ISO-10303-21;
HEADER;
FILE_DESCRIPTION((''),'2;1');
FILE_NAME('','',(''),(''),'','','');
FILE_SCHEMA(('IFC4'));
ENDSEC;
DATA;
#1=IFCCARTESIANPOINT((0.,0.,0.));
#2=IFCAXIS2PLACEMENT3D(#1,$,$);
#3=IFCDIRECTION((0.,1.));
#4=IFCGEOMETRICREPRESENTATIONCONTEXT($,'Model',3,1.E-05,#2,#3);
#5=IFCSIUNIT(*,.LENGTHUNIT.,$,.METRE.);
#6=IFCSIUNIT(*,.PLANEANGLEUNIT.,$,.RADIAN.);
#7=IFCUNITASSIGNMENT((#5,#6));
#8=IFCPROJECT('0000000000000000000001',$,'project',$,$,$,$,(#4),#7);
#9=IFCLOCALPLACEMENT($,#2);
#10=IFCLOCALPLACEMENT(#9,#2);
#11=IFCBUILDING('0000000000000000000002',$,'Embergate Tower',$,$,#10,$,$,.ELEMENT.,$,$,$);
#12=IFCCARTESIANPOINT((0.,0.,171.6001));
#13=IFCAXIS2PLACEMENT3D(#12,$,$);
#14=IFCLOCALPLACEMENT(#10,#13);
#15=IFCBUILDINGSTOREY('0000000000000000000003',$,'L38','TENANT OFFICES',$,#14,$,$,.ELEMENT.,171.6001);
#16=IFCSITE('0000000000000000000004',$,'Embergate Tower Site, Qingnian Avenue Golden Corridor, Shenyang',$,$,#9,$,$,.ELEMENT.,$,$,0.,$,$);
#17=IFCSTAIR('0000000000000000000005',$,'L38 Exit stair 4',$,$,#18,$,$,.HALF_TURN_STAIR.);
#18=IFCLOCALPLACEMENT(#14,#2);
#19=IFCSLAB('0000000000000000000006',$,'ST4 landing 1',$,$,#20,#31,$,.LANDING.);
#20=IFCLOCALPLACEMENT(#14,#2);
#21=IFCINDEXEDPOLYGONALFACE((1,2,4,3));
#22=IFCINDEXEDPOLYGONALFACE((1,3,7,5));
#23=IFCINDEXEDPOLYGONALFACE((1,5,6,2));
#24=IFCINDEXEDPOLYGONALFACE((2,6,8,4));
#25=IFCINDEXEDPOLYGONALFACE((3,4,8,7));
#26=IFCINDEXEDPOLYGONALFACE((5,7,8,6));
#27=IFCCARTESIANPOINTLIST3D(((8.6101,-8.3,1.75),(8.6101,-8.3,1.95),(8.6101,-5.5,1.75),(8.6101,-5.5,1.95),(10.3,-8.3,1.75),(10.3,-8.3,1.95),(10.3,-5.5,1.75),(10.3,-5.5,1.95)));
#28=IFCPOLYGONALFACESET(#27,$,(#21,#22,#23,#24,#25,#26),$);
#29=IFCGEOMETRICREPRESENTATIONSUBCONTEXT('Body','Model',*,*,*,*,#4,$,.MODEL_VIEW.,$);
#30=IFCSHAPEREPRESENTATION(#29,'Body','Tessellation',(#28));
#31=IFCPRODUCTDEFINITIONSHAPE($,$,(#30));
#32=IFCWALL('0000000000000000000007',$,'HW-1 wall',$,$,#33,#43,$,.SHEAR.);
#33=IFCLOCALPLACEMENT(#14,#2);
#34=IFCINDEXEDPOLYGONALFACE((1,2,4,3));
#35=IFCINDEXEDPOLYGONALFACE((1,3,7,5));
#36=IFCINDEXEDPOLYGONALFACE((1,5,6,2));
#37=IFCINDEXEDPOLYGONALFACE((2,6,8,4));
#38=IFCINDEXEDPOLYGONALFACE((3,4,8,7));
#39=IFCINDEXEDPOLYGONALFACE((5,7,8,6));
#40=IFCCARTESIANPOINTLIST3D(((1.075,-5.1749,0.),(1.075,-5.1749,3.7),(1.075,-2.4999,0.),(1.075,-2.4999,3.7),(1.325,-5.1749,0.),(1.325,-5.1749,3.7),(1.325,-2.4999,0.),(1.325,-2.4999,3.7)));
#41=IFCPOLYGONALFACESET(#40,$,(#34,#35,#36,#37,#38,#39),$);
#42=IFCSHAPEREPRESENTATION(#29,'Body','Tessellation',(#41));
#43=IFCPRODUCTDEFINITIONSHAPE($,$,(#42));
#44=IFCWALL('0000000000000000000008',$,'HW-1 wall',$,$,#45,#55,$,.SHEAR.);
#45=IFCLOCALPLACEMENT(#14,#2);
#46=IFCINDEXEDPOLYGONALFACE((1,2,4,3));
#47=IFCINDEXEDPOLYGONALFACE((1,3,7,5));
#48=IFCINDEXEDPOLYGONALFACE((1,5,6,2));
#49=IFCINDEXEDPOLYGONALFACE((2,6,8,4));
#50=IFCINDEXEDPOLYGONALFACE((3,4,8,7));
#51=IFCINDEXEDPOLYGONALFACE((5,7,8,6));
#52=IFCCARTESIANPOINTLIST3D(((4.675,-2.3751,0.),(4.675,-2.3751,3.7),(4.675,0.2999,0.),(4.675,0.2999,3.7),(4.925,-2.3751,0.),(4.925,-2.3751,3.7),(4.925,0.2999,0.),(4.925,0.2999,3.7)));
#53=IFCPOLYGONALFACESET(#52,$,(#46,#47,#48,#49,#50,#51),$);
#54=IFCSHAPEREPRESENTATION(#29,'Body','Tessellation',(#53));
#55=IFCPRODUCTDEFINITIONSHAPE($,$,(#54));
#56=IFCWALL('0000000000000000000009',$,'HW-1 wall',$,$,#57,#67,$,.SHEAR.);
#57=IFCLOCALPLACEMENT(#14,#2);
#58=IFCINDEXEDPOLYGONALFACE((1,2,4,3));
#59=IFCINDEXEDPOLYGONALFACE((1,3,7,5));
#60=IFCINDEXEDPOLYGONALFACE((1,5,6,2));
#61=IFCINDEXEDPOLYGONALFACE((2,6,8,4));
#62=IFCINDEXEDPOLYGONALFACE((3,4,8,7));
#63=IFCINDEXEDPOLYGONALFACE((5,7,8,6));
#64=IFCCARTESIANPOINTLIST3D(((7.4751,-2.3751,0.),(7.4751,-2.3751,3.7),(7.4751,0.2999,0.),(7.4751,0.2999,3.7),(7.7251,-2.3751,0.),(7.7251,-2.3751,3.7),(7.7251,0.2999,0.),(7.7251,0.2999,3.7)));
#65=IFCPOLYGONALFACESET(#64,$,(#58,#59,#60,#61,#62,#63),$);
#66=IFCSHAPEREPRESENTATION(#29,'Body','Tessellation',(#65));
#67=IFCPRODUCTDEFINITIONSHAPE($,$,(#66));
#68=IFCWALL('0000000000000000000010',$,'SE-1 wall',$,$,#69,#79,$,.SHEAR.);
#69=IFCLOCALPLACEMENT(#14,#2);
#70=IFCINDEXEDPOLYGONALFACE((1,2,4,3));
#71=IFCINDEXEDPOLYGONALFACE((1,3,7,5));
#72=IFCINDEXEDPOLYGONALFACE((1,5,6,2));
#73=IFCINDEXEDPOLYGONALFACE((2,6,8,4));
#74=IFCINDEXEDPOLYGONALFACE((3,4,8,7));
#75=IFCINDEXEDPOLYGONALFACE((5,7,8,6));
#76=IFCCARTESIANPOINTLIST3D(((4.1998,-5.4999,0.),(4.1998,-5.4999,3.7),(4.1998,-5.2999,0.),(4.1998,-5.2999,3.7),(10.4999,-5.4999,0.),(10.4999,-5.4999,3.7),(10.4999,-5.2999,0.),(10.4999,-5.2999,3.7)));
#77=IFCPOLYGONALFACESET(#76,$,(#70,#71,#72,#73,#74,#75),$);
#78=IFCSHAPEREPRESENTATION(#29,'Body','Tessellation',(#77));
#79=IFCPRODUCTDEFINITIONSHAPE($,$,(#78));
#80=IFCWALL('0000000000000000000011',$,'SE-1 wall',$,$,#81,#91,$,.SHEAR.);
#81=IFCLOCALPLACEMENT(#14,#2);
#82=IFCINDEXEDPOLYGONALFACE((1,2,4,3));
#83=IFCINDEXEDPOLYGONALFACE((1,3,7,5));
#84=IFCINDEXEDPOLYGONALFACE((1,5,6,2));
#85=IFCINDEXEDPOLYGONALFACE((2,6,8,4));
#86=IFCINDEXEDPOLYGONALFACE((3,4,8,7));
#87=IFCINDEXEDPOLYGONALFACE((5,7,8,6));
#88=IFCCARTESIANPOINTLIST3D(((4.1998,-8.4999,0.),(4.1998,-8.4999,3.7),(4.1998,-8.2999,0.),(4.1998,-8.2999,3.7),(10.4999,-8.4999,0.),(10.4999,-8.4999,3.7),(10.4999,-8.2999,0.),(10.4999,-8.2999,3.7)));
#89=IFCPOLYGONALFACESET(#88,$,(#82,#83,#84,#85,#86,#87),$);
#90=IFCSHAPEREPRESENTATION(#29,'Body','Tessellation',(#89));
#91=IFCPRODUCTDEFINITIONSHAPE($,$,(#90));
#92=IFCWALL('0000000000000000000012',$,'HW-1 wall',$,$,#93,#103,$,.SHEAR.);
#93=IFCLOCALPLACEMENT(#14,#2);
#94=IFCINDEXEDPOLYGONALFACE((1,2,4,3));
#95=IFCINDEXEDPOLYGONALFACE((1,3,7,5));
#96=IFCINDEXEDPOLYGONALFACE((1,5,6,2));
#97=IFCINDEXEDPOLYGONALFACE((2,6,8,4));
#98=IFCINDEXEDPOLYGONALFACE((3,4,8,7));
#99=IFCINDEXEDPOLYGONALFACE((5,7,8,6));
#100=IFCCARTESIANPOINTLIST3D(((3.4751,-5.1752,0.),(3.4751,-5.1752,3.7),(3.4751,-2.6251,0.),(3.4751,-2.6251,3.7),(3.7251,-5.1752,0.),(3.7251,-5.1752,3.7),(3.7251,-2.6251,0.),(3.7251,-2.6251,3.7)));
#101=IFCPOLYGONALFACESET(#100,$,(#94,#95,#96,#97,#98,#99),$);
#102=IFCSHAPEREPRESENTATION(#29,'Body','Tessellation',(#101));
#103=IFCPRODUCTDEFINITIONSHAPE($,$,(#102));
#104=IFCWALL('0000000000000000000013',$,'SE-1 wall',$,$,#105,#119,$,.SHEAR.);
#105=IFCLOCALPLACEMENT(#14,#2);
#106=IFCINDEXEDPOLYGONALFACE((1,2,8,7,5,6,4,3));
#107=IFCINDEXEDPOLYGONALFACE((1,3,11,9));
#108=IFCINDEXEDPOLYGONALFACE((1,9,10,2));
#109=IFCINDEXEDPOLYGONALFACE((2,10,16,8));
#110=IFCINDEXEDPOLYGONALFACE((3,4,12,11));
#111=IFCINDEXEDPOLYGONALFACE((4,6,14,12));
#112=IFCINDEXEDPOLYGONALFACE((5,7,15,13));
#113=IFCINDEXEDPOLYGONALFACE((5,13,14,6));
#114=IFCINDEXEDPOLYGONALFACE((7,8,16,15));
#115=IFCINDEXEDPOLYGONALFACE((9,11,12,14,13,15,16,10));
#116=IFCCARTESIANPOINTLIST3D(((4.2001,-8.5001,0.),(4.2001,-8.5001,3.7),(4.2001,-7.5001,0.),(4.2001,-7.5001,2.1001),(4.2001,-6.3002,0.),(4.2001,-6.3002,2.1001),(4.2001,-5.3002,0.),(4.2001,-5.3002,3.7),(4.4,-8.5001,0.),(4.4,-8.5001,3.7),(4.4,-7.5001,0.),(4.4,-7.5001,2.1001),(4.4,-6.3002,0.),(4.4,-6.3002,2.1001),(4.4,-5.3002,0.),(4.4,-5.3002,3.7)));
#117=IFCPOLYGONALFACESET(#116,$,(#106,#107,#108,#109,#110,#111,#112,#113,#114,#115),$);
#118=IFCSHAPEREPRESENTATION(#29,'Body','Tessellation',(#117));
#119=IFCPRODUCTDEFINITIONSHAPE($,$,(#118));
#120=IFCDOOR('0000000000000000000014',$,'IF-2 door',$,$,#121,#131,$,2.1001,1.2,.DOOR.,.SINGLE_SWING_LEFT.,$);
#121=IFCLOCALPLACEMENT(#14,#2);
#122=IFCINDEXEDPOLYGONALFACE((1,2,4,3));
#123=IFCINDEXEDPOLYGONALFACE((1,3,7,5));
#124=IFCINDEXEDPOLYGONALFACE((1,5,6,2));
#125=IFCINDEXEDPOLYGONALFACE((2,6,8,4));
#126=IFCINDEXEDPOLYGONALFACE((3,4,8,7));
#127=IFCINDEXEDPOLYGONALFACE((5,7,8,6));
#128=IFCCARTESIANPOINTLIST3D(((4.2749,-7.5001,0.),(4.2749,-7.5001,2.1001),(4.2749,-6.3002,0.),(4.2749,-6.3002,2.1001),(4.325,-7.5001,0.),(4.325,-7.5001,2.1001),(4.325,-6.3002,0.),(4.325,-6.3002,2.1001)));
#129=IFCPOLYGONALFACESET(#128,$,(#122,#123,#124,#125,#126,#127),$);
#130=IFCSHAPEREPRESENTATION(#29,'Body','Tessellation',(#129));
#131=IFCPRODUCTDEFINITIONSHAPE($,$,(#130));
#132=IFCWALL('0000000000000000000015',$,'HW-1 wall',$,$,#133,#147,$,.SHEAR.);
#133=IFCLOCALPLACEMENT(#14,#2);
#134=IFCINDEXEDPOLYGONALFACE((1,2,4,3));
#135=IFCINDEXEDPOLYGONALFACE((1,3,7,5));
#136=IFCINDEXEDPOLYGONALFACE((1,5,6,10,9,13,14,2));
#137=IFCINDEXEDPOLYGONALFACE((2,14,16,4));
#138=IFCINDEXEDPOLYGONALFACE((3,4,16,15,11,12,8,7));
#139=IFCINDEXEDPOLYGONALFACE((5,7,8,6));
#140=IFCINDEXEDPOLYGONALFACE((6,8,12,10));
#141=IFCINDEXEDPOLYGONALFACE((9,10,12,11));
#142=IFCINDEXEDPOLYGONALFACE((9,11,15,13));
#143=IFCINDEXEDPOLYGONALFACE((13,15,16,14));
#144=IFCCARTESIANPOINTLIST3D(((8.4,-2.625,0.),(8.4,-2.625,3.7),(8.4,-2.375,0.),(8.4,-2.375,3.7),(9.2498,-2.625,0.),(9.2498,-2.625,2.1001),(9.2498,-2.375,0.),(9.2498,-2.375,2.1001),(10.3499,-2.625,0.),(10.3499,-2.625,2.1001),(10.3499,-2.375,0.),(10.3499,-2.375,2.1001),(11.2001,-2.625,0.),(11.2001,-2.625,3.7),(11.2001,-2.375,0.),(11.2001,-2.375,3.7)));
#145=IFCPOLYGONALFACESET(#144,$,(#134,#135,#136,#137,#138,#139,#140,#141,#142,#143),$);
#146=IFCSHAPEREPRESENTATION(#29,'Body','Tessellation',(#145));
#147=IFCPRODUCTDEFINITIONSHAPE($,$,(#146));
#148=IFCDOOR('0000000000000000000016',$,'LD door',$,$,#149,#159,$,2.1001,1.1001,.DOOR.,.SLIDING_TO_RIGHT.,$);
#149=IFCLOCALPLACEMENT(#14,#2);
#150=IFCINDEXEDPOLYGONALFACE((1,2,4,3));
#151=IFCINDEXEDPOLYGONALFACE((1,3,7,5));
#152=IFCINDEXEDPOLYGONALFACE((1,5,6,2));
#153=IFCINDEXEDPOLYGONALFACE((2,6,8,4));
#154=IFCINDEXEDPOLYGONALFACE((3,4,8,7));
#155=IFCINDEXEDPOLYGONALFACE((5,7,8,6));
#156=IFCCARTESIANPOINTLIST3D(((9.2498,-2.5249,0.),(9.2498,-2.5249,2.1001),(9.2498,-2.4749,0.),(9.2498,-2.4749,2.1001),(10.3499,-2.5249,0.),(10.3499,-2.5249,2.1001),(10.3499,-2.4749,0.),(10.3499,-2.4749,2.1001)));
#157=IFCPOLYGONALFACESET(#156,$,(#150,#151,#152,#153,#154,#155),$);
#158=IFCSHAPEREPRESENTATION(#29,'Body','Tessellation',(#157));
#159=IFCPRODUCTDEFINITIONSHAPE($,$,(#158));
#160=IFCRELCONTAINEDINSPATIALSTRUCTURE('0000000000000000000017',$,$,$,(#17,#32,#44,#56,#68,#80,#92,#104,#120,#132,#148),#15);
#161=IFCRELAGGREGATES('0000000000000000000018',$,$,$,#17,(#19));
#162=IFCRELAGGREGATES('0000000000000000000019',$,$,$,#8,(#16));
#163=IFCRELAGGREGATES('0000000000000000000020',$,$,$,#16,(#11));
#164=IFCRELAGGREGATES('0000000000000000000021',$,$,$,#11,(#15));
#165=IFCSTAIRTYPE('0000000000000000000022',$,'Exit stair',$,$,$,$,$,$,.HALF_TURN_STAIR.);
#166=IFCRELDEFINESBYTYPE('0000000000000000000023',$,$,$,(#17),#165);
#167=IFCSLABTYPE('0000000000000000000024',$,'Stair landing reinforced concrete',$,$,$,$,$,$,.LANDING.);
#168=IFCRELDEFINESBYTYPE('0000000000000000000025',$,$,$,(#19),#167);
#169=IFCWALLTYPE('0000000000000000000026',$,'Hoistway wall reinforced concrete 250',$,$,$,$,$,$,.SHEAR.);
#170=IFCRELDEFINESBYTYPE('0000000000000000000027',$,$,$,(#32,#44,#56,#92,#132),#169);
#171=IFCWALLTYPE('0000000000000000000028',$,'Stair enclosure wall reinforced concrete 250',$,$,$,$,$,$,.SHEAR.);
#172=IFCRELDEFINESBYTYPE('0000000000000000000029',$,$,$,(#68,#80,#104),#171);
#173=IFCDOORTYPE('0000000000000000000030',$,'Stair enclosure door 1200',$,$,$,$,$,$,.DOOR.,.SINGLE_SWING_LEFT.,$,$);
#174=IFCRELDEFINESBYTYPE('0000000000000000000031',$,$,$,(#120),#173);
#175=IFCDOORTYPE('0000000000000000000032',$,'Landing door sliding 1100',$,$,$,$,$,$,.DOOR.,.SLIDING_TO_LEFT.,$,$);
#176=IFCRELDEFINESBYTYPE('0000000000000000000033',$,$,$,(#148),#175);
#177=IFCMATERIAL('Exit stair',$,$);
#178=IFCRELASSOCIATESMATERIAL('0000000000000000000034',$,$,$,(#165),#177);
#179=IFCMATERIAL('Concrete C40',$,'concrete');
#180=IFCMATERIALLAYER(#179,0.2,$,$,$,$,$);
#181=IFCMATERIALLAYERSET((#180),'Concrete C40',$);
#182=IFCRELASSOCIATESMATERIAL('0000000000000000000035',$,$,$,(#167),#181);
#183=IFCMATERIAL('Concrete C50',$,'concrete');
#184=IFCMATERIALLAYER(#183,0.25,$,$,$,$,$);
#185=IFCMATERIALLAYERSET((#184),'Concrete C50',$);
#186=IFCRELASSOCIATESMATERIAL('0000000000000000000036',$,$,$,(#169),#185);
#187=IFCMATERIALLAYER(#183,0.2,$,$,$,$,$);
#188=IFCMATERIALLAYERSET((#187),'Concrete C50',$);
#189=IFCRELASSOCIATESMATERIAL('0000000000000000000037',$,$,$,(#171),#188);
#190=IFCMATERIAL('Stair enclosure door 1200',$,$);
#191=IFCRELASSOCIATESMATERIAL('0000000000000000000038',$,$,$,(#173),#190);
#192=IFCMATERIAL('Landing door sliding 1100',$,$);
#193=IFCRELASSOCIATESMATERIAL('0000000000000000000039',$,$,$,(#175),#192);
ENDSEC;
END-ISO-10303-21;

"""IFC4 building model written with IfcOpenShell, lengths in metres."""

from ifc_helpers import new_model, si_unit, direction, frame, frame_2d, origin, place, context, subcontext, project, spatial, polyline, rectangle, outline, extrude, source, transform, mapped, material, layer, layer_set, type_object, element, fill, aggregate, save


model = new_model("IFC4")

# Units and contexts
model_context = context("Model", 3, precision=1e-05, world=origin(), true_north=direction((0.0, 1.0)))
body_context = subcontext(model_context, "Body", "Model", "MODEL_VIEW")
ifc_project = project(units=[si_unit("LENGTHUNIT", "METRE"), si_unit("PLANEANGLEUNIT", "RADIAN")], contexts=[model_context])

# Site, building, storey
site_placement = place(None, origin())
site = spatial("IfcSite", under=ifc_project, at=site_placement, Name="Embergate Tower Site, Qingnian Avenue Golden Corridor, Shenyang", CompositionType="ELEMENT", RefElevation=0.0)
building_placement = place(site_placement, origin())
building = spatial("IfcBuilding", under=site, at=building_placement, Name="Embergate Tower", CompositionType="ELEMENT")
storey_placement = place(building_placement, frame((0.0, 0.0, 171.6001)))
storey = spatial("IfcBuildingStorey", under=building, at=storey_placement, Name="L38", Description="TENANT OFFICES", CompositionType="ELEMENT", Elevation=171.6001)

# Stair, slab
ifc_material_1 = material(Name="Exit stair")
stair_type = type_object("IfcStairType", Name="Exit stair", PredefinedType="HALF_TURN_STAIR", material=ifc_material_1)
stair_placement = place(storey_placement, origin())
stair = element("IfcStair", 1, at=stair_placement, inside=storey, type_object=stair_type, Name="L38 Exit stair 4", PredefinedType="HALF_TURN_STAIR")
ifc_material_2 = material(Name="Concrete C40", Category="concrete")
ifc_layer_1 = layer(ifc_material_2, 0.2)
ifc_layer_set_1 = layer_set([ifc_layer_1], Name="Concrete C40")
slab_type = type_object("IfcSlabType", Name="Stair landing reinforced concrete", PredefinedType="LANDING", material=ifc_layer_set_1)
shared_shape_1 = source(origin(), body_context, "Body", "SweptSolid", [
    extrude(outline(polyline([(0.0, 0.0), (1.6899, 0.0), (1.6899, 2.8), (0.0, 2.8), (0.0, 0.0)])), origin(), (0.0, 0.0, 1.0), 0.2),
])
slab_placement = place(storey_placement, frame((8.6101, -8.3, 1.75)))
slab = element("IfcSlab", 2, at=slab_placement, type_object=slab_type, Name="ST4 landing 1", PredefinedType="LANDING", context=body_context, shape_type="MappedRepresentation", body=[
    mapped(shared_shape_1, transform((0.0, 0.0, 0.0))),
])

# Walls
ifc_material_3 = material(Name="Concrete C50", Category="concrete")
ifc_layer_2 = layer(ifc_material_3, 0.25)
ifc_layer_set_2 = layer_set([ifc_layer_2], Name="Concrete C50")
wall_type_1 = type_object("IfcWallType", Name="Hoistway wall reinforced concrete 250", PredefinedType="SHEAR", material=ifc_layer_set_2)
shared_shape_2 = source(origin(), body_context, "Body", "SweptSolid", [
    extrude(rectangle(XDim=2.675, YDim=0.25, at=frame_2d((1.3374, 0.0))), origin(), (0.0, 0.0, 1.0), 3.7),
])
for number, where, z_axis, x_axis, name in (
    (3, (1.2, -2.5, 0.0), (0.0, 0.0, 1.0), (0.0, -1.0, 0.0), "HW-1 wall"),
    (4, (4.8, -2.375, 0.0), (0.0, 0.0, 1.0), (0.0, 1.0, 0.0), "HW-1 wall"),
    (5, (7.6001, -2.375, 0.0), (0.0, 0.0, 1.0), (0.0, 1.0, 0.0), "HW-1 wall"),
):
    element("IfcWall", number, at=place(storey_placement, frame(where, z_axis=z_axis, x_axis=x_axis)), inside=storey, type_object=wall_type_1, Name=name, PredefinedType="SHEAR", context=body_context, shape_type="MappedRepresentation", body=[
        mapped(shared_shape_2, transform((0.0, 0.0, 0.0))),
    ])
ifc_layer_3 = layer(ifc_material_3, 0.2)
ifc_layer_set_3 = layer_set([ifc_layer_3], Name="Concrete C50")
wall_type_2 = type_object("IfcWallType", Name="Stair enclosure wall reinforced concrete 250", PredefinedType="SHEAR", material=ifc_layer_set_3)
shared_shape_3 = source(origin(), body_context, "Body", "SweptSolid", [
    extrude(rectangle(XDim=6.3, YDim=0.2, at=frame_2d((3.1499, 0.0))), origin(), (0.0, 0.0, 1.0), 3.7),
])
for number, where, z_axis, x_axis, name in (
    (6, (4.2, -5.3999, 0.0), (0.0, 0.0, 1.0), (1.0, 0.0, 0.0), "SE-1 wall"),
    (7, (4.2, -8.3999, 0.0), (0.0, 0.0, 1.0), (1.0, 0.0, 0.0), "SE-1 wall"),
):
    element("IfcWall", number, at=place(storey_placement, frame(where, z_axis=z_axis, x_axis=x_axis)), inside=storey, type_object=wall_type_2, Name=name, PredefinedType="SHEAR", context=body_context, shape_type="MappedRepresentation", body=[
        mapped(shared_shape_3, transform((0.0, 0.0, 0.0))),
    ])
shared_shape_4 = source(origin(), body_context, "Body", "SweptSolid", [
    extrude(rectangle(XDim=2.55, YDim=0.25, at=frame_2d((1.2749, 0.0))), origin(), (0.0, 0.0, 1.0), 3.7),
])
wall_1_placement = place(storey_placement, frame((3.6001, -5.175, 0.0), z_axis=(0.0, 0.0, 1.0), x_axis=(0.0, 1.0, 0.0)))
element("IfcWall", 8, at=wall_1_placement, inside=storey, type_object=wall_type_1, Name="HW-1 wall", PredefinedType="SHEAR", context=body_context, shape_type="MappedRepresentation", body=[
    mapped(shared_shape_4, transform((0.0, 0.0, 0.0))),
])

# Walls, openings, doors
shared_shape_5 = source(origin(), body_context, "Body", "SweptSolid", [
    extrude(rectangle(XDim=3.2, YDim=0.2, at=frame_2d((1.6001, 0.0))), origin(), (0.0, 0.0, 1.0), 3.7),
])
wall_2_placement = place(storey_placement, frame((4.3, -5.3, 0.0), z_axis=(0.0, 0.0, 1.0), x_axis=(0.0, -1.0, 0.0)))
wall_2 = element("IfcWall", 9, at=wall_2_placement, inside=storey, type_object=wall_type_2, Name="SE-1 wall", PredefinedType="SHEAR", context=body_context, shape_type="MappedRepresentation", body=[
    mapped(shared_shape_5, transform((0.0, 0.0, 0.0))),
])
shared_shape_6 = source(origin(), body_context, "Body", "SweptSolid", [
    extrude(rectangle(XDim=1.2, YDim=2.1001, at=frame_2d((0.6001, 1.05))), frame((0.0, 0.1099, 0.0), z_axis=(0.0, -1.0, 0.0), x_axis=(1.0, 0.0, 0.0)), (0.0, 0.0, 1.0), 0.22),
])
opening_1_placement = place(wall_2_placement, frame((1.0, 0.0, 0.0)))
opening_1 = element("IfcOpeningElement", 10, at=opening_1_placement, cuts=wall_2, PredefinedType="OPENING", context=body_context, shape_type="MappedRepresentation", body=[
    mapped(shared_shape_6, transform((0.0, 0.0, 0.0))),
])
ifc_material_4 = material(Name="Stair enclosure door 1200")
door_type_1 = type_object("IfcDoorType", Name="Stair enclosure door 1200", OperationType="SINGLE_SWING_LEFT", PredefinedType="DOOR", material=ifc_material_4)
shared_shape_7 = source(origin(), body_context, "Body", "SweptSolid", [
    extrude(rectangle(XDim=1.2, YDim=2.1001, at=frame_2d((0.6001, 1.05))), frame((0.0, 0.0249, 0.0), z_axis=(0.0, -1.0, 0.0), x_axis=(1.0, 0.0, 0.0)), (0.0, 0.0, 1.0), 0.05),
])
door_1_placement = place(opening_1_placement, origin())
door_1 = element("IfcDoor", 11, at=door_1_placement, inside=storey, type_object=door_type_1, Name="IF-2 door", OperationType="SINGLE_SWING_LEFT", OverallHeight=2.1001, OverallWidth=1.2, PredefinedType="DOOR", context=body_context, shape_type="MappedRepresentation", body=[
    mapped(shared_shape_7, transform((0.0, 0.0, 0.0))),
])
fill(opening_1, door_1)
shared_shape_8 = source(origin(), body_context, "Body", "SweptSolid", [
    extrude(rectangle(XDim=2.8, YDim=0.25, at=frame_2d((1.3999, 0.0))), origin(), (0.0, 0.0, 1.0), 3.7),
])
wall_3_placement = place(storey_placement, frame((11.2, -2.5, 0.0), z_axis=(0.0, 0.0, 1.0), x_axis=(-1.0, 0.0, 0.0)))
wall_3 = element("IfcWall", 12, at=wall_3_placement, inside=storey, type_object=wall_type_1, Name="HW-1 wall", PredefinedType="SHEAR", context=body_context, shape_type="MappedRepresentation", body=[
    mapped(shared_shape_8, transform((0.0, 0.0, 0.0))),
])
shared_shape_9 = source(origin(), body_context, "Body", "SweptSolid", [
    extrude(rectangle(XDim=1.1001, YDim=2.1001, at=frame_2d((0.55, 1.05))), frame((0.0, 0.135, 0.0), z_axis=(0.0, -1.0, 0.0), x_axis=(1.0, 0.0, 0.0)), (0.0, 0.0, 1.0), 0.27),
])
opening_2_placement = place(wall_3_placement, frame((0.8501, 0.0, 0.0)))
opening_2 = element("IfcOpeningElement", 13, at=opening_2_placement, cuts=wall_3, PredefinedType="OPENING", context=body_context, shape_type="MappedRepresentation", body=[
    mapped(shared_shape_9, transform((0.0, 0.0, 0.0))),
])
ifc_material_5 = material(Name="Landing door sliding 1100")
door_type_2 = type_object("IfcDoorType", Name="Landing door sliding 1100", OperationType="SLIDING_TO_LEFT", PredefinedType="DOOR", material=ifc_material_5)
shared_shape_10 = source(origin(), body_context, "Body", "SweptSolid", [
    extrude(rectangle(XDim=1.1001, YDim=2.1001, at=frame_2d((0.55, 1.05))), frame((0.0, 0.0249, 0.0), z_axis=(0.0, -1.0, 0.0), x_axis=(1.0, 0.0, 0.0)), (0.0, 0.0, 1.0), 0.05),
])
door_2_placement = place(opening_2_placement, origin())
door_2 = element("IfcDoor", 14, at=door_2_placement, inside=storey, type_object=door_type_2, Name="LD door", OperationType="SLIDING_TO_RIGHT", OverallHeight=2.1001, OverallWidth=1.1001, PredefinedType="DOOR", context=body_context, shape_type="MappedRepresentation", body=[
    mapped(shared_shape_10, transform((0.0, 0.0, 0.0))),
])
fill(opening_2, door_2)

aggregate(stair, [slab])

save(model, "model.ifc")
